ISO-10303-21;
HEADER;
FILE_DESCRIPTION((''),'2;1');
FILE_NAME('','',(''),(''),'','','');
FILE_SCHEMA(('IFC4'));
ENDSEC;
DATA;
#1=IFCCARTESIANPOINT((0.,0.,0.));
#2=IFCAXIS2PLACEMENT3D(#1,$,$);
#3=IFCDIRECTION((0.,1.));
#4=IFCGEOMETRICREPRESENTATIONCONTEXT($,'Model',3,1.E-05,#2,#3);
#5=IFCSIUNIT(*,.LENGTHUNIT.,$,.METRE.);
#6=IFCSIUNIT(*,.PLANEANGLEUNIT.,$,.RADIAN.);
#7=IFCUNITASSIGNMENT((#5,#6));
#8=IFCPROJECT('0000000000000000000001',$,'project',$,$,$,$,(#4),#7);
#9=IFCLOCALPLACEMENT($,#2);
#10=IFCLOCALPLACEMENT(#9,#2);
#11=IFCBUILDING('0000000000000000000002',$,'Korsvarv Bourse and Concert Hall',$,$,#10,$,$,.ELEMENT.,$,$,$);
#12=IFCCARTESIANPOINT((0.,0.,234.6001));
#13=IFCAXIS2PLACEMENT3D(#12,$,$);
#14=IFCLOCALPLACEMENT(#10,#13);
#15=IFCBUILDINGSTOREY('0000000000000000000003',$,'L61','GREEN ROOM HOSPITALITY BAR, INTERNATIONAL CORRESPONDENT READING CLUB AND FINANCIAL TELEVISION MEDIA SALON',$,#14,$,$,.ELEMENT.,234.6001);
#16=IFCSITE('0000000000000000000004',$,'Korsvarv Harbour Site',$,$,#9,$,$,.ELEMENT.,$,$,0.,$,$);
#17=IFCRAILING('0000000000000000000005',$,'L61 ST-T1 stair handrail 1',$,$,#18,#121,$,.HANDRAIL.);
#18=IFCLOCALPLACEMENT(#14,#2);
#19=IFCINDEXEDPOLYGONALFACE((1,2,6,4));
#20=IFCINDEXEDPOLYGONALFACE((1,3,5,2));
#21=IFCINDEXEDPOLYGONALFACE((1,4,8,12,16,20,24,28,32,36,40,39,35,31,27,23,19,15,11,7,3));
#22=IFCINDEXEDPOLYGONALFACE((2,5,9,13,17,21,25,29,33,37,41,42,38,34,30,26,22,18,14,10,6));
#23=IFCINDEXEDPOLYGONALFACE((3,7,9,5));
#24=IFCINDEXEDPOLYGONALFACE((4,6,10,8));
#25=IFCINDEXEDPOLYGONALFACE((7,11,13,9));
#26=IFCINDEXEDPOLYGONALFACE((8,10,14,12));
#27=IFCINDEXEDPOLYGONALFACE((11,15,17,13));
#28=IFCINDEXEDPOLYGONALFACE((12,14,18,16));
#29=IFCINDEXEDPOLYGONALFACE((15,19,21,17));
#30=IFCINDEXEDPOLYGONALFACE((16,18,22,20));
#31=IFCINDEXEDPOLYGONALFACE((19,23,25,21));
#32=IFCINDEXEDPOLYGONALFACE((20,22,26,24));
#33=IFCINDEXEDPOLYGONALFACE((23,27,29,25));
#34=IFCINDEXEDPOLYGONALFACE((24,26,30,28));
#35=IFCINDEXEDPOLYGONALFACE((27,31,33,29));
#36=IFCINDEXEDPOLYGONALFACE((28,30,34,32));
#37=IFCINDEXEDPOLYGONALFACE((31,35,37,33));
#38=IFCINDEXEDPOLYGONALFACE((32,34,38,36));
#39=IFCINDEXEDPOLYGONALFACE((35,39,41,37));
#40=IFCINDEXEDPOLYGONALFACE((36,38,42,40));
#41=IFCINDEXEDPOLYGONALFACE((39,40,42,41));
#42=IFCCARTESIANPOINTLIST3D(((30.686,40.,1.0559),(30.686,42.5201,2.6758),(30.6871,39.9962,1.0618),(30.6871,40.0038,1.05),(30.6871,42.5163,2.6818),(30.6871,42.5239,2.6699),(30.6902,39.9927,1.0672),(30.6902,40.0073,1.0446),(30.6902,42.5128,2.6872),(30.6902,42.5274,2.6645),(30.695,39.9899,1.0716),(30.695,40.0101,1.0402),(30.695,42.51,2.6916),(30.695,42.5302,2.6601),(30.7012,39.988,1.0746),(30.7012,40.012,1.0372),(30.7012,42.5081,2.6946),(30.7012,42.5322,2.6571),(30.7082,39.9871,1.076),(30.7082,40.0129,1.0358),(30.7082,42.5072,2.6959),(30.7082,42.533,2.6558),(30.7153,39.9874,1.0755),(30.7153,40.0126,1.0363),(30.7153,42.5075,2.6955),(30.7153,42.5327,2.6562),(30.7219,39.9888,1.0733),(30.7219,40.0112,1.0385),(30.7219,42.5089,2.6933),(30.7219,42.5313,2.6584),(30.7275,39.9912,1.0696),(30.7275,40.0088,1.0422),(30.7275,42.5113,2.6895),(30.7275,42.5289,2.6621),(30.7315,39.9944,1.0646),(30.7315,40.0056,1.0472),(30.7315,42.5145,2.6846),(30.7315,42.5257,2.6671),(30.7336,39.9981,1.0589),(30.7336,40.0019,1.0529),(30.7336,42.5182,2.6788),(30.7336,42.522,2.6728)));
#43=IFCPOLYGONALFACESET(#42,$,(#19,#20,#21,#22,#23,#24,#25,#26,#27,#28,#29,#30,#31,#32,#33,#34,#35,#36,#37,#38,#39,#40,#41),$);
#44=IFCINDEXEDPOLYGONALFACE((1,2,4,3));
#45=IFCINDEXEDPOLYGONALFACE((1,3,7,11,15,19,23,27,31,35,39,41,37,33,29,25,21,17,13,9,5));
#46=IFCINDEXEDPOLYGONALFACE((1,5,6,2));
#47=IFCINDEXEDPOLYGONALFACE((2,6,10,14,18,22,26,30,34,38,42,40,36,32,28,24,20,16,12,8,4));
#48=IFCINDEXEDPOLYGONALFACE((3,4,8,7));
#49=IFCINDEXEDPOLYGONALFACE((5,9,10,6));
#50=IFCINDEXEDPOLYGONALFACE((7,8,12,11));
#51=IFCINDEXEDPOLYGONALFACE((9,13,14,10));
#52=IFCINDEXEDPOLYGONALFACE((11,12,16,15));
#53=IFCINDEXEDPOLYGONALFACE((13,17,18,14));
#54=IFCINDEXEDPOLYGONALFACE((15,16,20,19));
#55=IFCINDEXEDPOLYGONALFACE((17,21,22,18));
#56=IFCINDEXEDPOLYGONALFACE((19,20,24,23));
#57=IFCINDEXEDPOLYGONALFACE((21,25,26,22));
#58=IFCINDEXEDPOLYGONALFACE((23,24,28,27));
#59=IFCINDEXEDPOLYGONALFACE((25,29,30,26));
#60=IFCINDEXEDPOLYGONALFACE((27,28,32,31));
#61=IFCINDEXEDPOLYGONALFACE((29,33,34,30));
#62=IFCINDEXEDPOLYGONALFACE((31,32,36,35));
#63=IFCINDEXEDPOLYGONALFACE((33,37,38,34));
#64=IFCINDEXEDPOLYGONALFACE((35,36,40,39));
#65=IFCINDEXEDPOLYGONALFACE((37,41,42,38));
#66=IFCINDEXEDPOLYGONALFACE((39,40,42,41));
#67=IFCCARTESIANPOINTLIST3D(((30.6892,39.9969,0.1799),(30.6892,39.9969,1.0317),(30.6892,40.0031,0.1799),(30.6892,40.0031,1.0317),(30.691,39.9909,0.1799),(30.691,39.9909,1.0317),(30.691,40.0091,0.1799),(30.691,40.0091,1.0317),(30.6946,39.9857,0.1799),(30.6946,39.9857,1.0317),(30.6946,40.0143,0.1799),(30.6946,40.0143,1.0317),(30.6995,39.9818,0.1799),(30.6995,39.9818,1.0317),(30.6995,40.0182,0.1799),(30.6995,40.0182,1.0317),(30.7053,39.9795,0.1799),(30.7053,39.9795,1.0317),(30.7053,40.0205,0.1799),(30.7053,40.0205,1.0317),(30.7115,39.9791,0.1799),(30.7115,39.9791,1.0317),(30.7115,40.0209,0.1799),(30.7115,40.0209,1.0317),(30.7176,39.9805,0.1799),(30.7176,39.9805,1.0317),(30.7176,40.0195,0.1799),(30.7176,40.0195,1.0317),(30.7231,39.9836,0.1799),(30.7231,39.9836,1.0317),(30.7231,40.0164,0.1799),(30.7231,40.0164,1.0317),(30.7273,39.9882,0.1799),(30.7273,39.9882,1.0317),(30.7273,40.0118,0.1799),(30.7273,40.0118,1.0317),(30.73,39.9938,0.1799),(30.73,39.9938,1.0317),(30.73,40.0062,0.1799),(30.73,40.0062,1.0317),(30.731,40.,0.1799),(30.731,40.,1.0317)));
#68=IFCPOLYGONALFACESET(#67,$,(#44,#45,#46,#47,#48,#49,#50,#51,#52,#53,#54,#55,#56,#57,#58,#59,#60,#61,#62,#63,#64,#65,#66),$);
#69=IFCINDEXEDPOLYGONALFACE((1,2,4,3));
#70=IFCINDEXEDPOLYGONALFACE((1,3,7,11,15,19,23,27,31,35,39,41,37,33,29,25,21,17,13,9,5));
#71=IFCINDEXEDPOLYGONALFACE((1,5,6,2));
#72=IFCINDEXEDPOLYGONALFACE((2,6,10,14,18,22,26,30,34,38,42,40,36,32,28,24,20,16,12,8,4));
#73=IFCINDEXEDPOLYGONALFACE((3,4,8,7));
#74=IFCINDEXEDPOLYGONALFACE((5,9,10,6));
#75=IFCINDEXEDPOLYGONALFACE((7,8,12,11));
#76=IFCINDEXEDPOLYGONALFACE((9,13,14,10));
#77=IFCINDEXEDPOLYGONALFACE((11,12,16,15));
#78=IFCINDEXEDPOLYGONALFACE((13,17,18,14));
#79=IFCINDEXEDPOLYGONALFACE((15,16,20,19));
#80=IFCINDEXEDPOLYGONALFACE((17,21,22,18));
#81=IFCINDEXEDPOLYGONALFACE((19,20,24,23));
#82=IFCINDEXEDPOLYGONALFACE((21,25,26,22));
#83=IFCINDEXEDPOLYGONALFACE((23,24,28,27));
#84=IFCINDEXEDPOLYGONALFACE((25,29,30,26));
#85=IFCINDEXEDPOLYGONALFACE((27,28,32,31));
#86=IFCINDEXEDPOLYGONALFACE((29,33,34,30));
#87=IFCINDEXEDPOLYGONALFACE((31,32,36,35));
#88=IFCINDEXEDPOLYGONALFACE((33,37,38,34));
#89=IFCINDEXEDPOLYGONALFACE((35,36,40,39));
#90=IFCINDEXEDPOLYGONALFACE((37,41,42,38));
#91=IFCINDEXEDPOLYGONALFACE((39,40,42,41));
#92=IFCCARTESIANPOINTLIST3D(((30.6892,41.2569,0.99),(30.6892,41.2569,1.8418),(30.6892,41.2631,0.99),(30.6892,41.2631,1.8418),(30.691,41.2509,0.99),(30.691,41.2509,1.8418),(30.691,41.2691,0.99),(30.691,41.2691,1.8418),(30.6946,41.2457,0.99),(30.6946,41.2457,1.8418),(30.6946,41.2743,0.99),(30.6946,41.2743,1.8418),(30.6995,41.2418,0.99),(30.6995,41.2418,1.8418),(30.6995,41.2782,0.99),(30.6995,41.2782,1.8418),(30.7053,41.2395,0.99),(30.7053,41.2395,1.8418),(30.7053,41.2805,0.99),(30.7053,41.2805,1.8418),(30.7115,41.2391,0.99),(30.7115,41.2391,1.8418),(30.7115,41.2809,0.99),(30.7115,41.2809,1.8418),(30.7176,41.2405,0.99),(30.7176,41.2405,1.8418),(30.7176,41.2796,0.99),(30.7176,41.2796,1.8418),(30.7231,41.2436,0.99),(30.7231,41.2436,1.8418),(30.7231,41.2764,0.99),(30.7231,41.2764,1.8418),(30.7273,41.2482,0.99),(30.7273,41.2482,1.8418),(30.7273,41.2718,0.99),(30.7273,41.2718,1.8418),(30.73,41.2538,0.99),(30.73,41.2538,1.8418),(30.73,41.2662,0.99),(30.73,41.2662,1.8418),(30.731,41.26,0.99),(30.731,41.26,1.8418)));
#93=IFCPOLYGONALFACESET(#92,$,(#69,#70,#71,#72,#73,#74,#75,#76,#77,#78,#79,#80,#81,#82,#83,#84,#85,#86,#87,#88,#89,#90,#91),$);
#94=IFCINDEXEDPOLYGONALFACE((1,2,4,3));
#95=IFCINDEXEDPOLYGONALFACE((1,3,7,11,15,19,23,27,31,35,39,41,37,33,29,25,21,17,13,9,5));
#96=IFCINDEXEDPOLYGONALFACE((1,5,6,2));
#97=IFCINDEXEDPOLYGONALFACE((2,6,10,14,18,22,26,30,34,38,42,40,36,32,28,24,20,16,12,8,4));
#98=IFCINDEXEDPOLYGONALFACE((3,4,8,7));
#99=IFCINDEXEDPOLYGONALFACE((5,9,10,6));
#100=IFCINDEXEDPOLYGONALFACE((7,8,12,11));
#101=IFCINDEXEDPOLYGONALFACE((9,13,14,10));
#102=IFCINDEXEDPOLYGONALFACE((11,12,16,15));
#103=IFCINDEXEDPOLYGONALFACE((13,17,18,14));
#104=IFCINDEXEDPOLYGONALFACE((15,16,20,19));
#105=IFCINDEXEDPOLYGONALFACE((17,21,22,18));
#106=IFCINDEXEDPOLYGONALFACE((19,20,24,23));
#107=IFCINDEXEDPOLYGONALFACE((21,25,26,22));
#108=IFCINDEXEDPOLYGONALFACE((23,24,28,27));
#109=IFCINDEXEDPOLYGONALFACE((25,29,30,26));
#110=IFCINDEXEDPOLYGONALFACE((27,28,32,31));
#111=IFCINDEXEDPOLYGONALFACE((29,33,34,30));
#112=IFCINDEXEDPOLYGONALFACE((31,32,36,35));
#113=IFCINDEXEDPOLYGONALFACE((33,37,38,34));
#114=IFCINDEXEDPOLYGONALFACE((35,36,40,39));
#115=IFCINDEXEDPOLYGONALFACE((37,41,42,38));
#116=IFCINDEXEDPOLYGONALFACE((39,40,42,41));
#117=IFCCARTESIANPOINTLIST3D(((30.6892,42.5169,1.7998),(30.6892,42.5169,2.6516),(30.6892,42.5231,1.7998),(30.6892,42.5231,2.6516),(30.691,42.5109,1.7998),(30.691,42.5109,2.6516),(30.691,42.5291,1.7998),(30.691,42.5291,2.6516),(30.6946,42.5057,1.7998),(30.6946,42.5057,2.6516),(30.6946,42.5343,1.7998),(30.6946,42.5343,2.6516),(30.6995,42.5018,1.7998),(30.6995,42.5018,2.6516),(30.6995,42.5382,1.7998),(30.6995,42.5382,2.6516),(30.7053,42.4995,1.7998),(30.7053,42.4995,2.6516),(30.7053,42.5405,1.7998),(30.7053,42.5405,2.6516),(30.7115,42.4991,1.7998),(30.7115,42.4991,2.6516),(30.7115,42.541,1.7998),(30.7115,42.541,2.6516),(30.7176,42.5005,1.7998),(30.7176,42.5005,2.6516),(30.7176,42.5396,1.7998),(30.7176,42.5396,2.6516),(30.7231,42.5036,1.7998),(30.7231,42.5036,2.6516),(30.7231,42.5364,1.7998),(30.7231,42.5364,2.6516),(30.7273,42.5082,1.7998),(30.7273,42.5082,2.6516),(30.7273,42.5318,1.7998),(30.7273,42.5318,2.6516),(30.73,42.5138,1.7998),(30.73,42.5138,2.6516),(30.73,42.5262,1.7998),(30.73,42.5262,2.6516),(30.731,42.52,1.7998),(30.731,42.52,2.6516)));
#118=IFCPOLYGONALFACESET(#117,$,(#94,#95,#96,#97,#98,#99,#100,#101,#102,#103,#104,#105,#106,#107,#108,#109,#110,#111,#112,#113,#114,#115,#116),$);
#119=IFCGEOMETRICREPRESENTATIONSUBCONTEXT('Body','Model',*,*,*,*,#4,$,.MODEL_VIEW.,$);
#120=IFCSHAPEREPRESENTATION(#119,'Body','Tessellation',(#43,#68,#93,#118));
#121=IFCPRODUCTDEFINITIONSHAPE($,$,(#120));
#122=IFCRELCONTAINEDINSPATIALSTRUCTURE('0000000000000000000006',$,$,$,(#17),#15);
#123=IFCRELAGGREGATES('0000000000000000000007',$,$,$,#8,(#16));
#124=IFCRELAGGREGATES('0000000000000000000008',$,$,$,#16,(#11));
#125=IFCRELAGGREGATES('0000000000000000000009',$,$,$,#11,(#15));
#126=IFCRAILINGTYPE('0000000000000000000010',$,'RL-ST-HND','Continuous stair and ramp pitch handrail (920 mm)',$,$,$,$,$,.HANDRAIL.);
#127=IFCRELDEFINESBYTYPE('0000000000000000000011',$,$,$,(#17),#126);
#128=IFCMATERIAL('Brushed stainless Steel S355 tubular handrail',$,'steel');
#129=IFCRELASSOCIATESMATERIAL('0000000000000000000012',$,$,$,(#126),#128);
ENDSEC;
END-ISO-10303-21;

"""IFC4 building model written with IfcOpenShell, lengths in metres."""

from ifc_helpers import new_model, si_unit, direction, frame, origin, origin_2d, place, context, subcontext, project, spatial, circle, extrude, material, type_object, element, save


model = new_model("IFC4")

# Units and contexts
model_context = context("Model", 3, precision=1e-05, world=origin(), true_north=direction((0.0, 1.0)))
body_context = subcontext(model_context, "Body", "Model", "MODEL_VIEW")
ifc_project = project(units=[si_unit("LENGTHUNIT", "METRE"), si_unit("PLANEANGLEUNIT", "RADIAN")], contexts=[model_context])

# Site, building, storey
site_placement = place(None, origin())
site = spatial("IfcSite", under=ifc_project, at=site_placement, Name="Korsvarv Harbour Site", CompositionType="ELEMENT", RefElevation=0.0)
building_placement = place(site_placement, origin())
building = spatial("IfcBuilding", under=site, at=building_placement, Name="Korsvarv Bourse and Concert Hall", CompositionType="ELEMENT")
storey_placement = place(building_placement, frame((0.0, 0.0, 234.6001)))
storey = spatial("IfcBuildingStorey", under=building, at=storey_placement, Name="L61", Description="GREEN ROOM HOSPITALITY BAR, INTERNATIONAL CORRESPONDENT READING CLUB AND FINANCIAL TELEVISION MEDIA SALON", CompositionType="ELEMENT", Elevation=234.6001)

# Railing
ifc_material_1 = material(Name="Brushed stainless Steel S355 tubular handrail", Category="steel")
railing_type_1 = type_object("IfcRailingType", Name="RL-ST-HND", Description="Continuous stair and ramp pitch handrail (920 mm)", PredefinedType="HANDRAIL", material=ifc_material_1)
railing_1_placement = place(storey_placement, frame((30.71, 40.0, 0.1799)))
element("IfcRailing", 1, at=railing_1_placement, inside=storey, type_object=railing_type_1, Name="L61 ST-T1 stair handrail 1", PredefinedType="HANDRAIL", context=body_context, shape_type="SweptSolid", body=[
    extrude(circle(Radius=0.0239, at=origin_2d()), frame((0.0, 0.0, 0.876), z_axis=(0.0, 0.8412, 0.540725), x_axis=(-1.0, 0.0, 0.0)), (0.0, 0.0, 1.0), 2.9958),
    extrude(circle(Radius=0.021, at=origin_2d()), origin(), (0.0, 0.0, 1.0), 0.8518),
    extrude(circle(Radius=0.021, at=origin_2d()), frame((0.0, 1.26, 0.8101)), (0.0, 0.0, 1.0), 0.8518),
    extrude(circle(Radius=0.021, at=origin_2d()), frame((0.0, 2.52, 1.6199)), (0.0, 0.0, 1.0), 0.8518),
])

save(model, "model.ifc")
